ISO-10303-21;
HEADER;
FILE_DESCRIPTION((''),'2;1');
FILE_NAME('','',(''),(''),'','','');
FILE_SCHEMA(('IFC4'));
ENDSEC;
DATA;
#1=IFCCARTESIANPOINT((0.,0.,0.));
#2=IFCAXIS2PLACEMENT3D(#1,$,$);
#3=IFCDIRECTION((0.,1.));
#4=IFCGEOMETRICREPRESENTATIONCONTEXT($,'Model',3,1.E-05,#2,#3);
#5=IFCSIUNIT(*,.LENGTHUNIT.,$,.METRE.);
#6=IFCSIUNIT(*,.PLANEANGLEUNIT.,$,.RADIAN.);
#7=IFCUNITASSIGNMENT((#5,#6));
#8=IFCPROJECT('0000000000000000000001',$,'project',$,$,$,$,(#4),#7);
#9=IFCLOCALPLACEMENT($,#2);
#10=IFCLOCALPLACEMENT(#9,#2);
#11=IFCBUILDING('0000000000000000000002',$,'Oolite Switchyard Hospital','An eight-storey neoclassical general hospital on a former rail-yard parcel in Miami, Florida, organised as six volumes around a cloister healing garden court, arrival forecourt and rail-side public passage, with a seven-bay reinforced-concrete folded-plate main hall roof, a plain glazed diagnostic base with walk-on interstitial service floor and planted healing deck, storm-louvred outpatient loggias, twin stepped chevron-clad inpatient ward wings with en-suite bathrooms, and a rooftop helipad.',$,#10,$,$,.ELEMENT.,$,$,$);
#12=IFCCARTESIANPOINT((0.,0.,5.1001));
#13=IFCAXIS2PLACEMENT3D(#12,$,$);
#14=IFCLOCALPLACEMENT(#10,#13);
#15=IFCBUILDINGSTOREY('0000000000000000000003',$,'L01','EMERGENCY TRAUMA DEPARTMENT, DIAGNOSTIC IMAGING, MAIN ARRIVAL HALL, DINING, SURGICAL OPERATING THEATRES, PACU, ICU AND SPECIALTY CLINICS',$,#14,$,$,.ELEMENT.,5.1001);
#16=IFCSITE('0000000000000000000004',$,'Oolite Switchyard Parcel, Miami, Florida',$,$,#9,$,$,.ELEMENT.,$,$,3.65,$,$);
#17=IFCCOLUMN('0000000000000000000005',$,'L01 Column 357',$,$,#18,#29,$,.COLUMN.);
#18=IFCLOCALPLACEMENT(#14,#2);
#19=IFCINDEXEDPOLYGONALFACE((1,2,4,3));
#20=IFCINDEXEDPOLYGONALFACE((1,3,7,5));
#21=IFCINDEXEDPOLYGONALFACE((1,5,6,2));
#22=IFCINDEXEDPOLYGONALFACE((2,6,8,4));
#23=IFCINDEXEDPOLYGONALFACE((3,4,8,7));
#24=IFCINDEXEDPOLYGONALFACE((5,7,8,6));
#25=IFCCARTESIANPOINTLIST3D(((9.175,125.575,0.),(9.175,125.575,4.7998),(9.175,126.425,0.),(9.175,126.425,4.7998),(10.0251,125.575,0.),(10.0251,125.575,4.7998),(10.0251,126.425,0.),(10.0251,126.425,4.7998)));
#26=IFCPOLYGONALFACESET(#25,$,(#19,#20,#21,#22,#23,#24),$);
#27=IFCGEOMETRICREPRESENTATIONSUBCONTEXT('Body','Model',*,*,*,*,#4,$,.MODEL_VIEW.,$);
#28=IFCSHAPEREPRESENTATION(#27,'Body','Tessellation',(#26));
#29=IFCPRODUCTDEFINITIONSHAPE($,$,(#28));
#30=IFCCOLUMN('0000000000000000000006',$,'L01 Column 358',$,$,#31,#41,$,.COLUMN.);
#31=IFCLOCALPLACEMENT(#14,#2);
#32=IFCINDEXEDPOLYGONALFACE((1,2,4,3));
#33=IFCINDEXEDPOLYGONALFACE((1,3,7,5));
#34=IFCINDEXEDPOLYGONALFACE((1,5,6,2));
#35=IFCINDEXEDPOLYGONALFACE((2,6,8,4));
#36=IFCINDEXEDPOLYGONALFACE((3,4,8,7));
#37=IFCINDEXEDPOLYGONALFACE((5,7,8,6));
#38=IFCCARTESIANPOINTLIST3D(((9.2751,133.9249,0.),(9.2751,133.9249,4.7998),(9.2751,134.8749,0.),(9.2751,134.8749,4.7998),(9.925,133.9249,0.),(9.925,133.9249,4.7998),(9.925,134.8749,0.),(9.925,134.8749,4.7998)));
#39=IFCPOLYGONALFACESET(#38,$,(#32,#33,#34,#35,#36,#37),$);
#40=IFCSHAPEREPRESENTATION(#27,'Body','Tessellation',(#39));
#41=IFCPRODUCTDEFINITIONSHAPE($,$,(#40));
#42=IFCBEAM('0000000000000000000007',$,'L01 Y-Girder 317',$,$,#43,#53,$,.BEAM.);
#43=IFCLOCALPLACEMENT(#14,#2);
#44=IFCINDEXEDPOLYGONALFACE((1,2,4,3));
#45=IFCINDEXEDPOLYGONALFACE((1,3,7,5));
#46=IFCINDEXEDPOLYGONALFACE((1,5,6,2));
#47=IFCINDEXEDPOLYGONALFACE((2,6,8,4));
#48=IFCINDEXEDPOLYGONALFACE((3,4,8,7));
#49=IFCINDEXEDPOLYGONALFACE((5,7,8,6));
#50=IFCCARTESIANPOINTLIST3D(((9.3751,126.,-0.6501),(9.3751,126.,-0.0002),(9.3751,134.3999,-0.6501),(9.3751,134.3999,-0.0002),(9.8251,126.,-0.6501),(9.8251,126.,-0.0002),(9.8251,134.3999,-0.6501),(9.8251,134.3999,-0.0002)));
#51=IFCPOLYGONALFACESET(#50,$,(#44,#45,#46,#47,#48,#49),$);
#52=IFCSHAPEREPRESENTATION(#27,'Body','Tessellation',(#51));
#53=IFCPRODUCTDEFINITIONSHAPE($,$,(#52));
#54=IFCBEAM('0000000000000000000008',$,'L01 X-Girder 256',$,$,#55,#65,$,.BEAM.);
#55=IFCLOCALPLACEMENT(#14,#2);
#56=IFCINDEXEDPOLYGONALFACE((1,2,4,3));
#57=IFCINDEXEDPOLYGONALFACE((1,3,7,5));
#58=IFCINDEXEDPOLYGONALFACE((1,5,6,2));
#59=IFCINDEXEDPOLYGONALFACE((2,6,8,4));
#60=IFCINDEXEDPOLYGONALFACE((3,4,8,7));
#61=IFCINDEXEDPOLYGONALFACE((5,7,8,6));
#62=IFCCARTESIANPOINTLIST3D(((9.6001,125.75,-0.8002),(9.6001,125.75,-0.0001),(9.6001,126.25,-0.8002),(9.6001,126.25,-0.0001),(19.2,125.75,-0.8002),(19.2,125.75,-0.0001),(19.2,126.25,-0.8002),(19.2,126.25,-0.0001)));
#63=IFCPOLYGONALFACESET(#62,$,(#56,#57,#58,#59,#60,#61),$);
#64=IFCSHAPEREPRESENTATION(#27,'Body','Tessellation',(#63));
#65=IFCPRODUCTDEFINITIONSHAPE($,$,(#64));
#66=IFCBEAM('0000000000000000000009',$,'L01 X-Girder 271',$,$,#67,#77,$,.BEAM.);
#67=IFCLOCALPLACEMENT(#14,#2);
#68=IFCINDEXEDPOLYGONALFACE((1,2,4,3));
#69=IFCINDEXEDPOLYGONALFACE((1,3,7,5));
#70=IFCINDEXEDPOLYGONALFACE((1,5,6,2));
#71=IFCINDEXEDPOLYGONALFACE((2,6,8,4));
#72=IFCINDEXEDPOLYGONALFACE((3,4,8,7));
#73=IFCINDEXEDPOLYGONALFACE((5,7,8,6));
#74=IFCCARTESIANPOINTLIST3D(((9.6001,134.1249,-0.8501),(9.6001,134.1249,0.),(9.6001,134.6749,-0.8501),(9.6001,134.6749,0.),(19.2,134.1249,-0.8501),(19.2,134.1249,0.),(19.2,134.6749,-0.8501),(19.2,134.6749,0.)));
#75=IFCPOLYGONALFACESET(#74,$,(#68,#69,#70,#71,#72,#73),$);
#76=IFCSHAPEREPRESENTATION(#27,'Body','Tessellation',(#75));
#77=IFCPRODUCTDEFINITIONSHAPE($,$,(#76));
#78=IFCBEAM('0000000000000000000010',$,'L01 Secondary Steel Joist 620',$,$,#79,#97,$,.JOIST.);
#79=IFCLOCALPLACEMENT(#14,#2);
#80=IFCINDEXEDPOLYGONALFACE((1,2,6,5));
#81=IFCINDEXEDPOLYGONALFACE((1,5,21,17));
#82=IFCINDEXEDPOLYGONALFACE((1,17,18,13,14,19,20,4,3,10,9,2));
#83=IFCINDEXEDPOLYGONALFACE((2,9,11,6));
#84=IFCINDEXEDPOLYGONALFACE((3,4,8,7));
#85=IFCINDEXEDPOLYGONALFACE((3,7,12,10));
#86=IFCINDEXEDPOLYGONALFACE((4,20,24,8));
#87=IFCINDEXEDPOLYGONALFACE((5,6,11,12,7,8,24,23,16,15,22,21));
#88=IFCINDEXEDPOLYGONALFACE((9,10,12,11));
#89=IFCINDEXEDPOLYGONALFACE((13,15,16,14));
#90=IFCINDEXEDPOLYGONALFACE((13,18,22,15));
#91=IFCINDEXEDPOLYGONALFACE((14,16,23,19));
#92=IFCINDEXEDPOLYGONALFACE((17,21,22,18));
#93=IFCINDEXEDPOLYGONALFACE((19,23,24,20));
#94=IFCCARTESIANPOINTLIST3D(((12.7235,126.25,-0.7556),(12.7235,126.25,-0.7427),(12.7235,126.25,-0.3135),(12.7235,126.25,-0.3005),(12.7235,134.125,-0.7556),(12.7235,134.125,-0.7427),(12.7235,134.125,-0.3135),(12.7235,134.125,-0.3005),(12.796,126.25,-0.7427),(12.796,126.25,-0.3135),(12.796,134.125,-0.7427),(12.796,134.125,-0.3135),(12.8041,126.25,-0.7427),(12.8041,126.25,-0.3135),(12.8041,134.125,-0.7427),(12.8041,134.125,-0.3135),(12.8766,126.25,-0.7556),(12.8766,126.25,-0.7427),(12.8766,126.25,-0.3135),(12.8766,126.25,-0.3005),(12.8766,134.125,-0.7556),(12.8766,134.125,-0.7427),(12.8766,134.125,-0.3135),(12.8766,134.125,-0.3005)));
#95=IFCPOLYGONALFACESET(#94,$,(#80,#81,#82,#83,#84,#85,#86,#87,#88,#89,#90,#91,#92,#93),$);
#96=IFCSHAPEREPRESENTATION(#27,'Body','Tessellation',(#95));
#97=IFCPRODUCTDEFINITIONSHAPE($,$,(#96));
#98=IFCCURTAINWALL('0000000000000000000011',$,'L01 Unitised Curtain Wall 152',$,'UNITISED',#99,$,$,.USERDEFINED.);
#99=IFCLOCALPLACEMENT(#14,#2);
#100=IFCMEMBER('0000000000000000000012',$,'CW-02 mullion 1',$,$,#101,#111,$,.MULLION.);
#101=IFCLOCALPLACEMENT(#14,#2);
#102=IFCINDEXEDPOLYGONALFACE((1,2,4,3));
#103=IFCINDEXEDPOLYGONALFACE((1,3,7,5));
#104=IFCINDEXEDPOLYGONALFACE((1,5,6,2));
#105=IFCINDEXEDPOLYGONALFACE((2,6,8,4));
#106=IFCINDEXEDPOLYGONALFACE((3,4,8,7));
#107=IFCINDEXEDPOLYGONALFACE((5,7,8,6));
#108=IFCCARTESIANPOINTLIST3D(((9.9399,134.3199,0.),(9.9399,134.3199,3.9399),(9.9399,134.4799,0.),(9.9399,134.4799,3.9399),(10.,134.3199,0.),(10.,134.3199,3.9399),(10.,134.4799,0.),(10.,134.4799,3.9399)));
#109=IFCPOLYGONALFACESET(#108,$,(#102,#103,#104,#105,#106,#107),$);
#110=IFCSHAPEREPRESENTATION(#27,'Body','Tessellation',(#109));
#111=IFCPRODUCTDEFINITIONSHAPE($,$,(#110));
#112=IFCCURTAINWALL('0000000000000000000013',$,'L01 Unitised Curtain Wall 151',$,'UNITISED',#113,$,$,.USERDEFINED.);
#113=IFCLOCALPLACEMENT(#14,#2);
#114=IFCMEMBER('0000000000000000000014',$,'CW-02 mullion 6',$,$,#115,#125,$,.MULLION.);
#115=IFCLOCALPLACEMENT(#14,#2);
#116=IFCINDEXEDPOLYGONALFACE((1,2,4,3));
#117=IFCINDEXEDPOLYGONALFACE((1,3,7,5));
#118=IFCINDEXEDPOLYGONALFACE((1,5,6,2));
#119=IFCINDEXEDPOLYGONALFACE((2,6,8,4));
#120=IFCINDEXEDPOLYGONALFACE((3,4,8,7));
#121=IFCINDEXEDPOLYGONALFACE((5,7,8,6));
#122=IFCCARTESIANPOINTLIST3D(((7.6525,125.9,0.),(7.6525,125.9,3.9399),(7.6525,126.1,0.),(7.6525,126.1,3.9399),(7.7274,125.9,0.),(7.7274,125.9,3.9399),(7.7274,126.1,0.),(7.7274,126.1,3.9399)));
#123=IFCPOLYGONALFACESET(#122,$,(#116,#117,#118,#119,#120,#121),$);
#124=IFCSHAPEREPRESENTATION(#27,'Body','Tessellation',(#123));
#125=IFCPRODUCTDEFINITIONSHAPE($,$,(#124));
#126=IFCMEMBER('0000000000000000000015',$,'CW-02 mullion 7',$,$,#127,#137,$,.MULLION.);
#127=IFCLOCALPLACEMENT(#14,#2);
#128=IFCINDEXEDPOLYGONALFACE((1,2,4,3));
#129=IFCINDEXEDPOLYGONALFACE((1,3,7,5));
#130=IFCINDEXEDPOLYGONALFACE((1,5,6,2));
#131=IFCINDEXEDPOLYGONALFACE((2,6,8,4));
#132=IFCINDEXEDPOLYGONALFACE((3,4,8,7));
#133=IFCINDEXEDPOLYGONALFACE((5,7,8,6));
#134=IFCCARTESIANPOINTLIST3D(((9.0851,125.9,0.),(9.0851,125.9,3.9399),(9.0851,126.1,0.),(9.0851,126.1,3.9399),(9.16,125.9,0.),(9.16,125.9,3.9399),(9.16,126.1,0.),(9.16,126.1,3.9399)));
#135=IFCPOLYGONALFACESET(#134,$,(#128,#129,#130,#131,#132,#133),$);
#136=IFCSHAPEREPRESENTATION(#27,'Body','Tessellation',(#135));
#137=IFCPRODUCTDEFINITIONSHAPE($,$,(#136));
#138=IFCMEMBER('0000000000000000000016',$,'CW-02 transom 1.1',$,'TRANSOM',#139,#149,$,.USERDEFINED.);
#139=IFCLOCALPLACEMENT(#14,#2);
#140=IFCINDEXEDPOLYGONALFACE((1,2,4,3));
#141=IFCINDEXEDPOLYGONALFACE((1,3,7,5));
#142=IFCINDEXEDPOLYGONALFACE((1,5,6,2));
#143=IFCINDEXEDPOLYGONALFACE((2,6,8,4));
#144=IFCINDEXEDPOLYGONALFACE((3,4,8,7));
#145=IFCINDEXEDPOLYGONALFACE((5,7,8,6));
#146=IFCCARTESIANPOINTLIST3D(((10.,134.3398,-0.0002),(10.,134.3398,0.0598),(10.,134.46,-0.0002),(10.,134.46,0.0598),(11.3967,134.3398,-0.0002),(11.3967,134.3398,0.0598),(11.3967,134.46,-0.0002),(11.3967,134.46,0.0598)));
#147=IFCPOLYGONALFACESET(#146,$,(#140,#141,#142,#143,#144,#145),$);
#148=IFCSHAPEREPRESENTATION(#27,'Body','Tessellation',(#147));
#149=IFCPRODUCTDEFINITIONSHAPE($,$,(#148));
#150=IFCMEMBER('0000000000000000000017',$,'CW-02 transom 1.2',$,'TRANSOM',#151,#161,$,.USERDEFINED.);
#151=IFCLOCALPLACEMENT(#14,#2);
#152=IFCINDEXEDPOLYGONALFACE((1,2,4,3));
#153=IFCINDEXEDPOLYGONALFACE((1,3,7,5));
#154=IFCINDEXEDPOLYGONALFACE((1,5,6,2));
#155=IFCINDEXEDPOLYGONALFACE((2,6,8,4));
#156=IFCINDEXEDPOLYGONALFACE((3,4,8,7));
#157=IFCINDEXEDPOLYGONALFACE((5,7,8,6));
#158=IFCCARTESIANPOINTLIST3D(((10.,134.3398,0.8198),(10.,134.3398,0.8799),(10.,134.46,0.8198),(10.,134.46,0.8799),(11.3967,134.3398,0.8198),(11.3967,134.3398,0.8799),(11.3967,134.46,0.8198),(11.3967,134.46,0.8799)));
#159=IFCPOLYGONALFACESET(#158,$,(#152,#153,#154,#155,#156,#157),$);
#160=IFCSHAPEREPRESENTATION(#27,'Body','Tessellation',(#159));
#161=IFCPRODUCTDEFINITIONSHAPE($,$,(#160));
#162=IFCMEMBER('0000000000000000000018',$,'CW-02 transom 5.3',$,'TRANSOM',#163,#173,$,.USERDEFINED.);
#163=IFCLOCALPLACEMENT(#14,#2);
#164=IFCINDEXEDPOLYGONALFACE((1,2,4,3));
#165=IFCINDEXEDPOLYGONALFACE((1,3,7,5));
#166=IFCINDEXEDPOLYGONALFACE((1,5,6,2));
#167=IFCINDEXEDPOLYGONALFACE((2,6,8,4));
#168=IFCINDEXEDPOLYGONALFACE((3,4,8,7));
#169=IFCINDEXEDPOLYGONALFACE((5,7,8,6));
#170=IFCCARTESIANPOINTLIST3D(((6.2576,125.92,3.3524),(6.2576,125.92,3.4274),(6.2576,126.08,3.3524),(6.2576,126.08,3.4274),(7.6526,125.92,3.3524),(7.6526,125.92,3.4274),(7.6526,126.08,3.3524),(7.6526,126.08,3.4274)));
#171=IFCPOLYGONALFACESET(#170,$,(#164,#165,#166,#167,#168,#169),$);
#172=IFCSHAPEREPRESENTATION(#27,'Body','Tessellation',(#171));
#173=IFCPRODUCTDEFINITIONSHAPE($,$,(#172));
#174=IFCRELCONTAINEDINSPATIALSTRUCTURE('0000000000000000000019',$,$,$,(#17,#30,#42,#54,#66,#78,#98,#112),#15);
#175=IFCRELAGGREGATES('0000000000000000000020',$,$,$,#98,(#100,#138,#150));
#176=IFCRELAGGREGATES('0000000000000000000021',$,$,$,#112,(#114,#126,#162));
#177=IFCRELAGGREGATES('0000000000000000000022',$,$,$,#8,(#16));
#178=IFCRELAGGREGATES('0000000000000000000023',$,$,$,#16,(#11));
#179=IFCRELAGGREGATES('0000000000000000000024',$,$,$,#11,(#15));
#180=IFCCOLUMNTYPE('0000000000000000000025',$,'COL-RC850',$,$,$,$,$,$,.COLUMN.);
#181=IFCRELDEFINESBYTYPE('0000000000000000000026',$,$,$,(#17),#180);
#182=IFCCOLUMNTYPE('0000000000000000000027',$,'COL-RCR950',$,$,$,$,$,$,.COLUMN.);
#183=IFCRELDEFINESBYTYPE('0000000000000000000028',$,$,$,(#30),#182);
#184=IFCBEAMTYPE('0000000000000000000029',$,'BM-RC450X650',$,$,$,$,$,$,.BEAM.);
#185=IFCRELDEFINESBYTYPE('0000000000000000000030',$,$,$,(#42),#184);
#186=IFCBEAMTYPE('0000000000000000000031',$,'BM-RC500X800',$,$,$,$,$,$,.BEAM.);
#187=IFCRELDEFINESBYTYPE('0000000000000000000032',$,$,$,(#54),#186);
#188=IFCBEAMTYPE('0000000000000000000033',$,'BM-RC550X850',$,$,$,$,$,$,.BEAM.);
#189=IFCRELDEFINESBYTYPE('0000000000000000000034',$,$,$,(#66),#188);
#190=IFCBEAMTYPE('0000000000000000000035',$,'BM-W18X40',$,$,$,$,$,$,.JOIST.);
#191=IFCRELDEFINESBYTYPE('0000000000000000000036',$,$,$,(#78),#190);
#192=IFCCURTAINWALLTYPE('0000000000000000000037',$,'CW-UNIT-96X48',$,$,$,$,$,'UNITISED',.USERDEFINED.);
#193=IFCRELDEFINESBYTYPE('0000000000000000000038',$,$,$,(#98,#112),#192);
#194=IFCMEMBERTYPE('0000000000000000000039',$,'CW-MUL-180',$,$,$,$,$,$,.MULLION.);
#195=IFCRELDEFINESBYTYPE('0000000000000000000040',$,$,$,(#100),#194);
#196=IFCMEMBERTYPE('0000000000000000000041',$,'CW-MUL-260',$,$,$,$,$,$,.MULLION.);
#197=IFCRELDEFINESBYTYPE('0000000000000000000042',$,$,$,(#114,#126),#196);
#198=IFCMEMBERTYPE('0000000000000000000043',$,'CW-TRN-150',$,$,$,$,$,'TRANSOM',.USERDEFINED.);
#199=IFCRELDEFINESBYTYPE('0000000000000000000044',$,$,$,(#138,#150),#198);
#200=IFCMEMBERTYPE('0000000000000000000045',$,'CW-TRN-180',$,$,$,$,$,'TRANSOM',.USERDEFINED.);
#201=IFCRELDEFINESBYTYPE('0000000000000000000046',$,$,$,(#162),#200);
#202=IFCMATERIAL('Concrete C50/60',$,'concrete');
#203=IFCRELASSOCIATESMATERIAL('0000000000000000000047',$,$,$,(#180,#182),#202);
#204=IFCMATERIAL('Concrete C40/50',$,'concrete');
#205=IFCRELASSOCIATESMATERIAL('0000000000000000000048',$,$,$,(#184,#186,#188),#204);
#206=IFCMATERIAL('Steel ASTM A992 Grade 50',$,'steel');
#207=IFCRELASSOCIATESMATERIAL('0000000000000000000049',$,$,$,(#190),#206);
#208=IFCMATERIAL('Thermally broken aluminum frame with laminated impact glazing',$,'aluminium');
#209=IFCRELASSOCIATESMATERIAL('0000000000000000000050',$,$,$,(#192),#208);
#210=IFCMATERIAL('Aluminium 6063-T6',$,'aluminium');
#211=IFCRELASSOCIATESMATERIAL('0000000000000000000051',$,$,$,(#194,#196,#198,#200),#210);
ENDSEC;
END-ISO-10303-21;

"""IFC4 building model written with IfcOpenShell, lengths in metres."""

from ifc_helpers import new_model, si_unit, direction, frame, origin, origin_2d, place, context, subcontext, project, spatial, rectangle, i_section, extrude, material, material_profile, profile_set, type_object, element, aggregate, save


model = new_model("IFC4")

# Units and contexts
model_context = context("Model", 3, precision=1e-05, world=origin(), true_north=direction((0.0, 1.0)))
body_context = subcontext(model_context, "Body", "Model", "MODEL_VIEW")
ifc_project = project(units=[si_unit("LENGTHUNIT", "METRE"), si_unit("PLANEANGLEUNIT", "RADIAN")], contexts=[model_context])

# Site, building, storey
site_placement = place(None, origin())
site = spatial("IfcSite", under=ifc_project, at=site_placement, Name="Oolite Switchyard Parcel, Miami, Florida", CompositionType="ELEMENT", RefElevation=3.65)
building_placement = place(site_placement, origin())
building = spatial("IfcBuilding", under=site, at=building_placement, Name="Oolite Switchyard Hospital", Description="An eight-storey neoclassical general hospital on a former rail-yard parcel in Miami, Florida, organised as six volumes around a cloister healing garden court, arrival forecourt and rail-side public passage, with a seven-bay reinforced-concrete folded-plate main hall roof, a plain glazed diagnostic base with walk-on interstitial service floor and planted healing deck, storm-louvred outpatient loggias, twin stepped chevron-clad inpatient ward wings with en-suite bathrooms, and a rooftop helipad.", CompositionType="ELEMENT")
storey_placement = place(building_placement, frame((0.0, 0.0, 5.1001)))
storey = spatial("IfcBuildingStorey", under=building, at=storey_placement, Name="L01", Description="EMERGENCY TRAUMA DEPARTMENT, DIAGNOSTIC IMAGING, MAIN ARRIVAL HALL, DINING, SURGICAL OPERATING THEATRES, PACU, ICU AND SPECIALTY CLINICS", CompositionType="ELEMENT", Elevation=5.1001)

# Columns
ifc_material_1 = material(Name="Concrete C50/60", Category="concrete")
ifc_material_profile_1 = material_profile(ifc_material_1, rectangle(XDim=0.8501, YDim=0.8501, at=origin_2d()), Name="RC850X850")
ifc_profile_set_1 = profile_set([ifc_material_profile_1], Name="Concrete C50/60")
column_type_1 = type_object("IfcColumnType", Name="COL-RC850", PredefinedType="COLUMN", material=ifc_profile_set_1)
column_1_placement = place(storey_placement, frame((9.6001, 126.0, 0.0), z_axis=(0.0, 0.0, 1.0), x_axis=(1.0, 0.0, 0.0)))
element("IfcColumn", 1, at=column_1_placement, inside=storey, type_object=column_type_1, Name="L01 Column 357", PredefinedType="COLUMN", context=body_context, shape_type="SweptSolid", body=[
    extrude(rectangle(XDim=0.8501, YDim=0.8501, at=origin_2d()), origin(), (0.0, 0.0, 1.0), 4.7998),
])
ifc_material_profile_2 = material_profile(ifc_material_1, rectangle(XDim=0.95, YDim=0.6499, at=origin_2d()), Name="RC950X650")
ifc_profile_set_2 = profile_set([ifc_material_profile_2], Name="Concrete C50/60")
column_type_2 = type_object("IfcColumnType", Name="COL-RCR950", PredefinedType="COLUMN", material=ifc_profile_set_2)
column_2_placement = place(storey_placement, frame((9.6001, 134.3999, 0.0), z_axis=(0.0, 0.0, 1.0), x_axis=(0.0, 1.0, 0.0)))
element("IfcColumn", 2, at=column_2_placement, inside=storey, type_object=column_type_2, Name="L01 Column 358", PredefinedType="COLUMN", context=body_context, shape_type="SweptSolid", body=[
    extrude(rectangle(XDim=0.95, YDim=0.6499, at=origin_2d()), origin(), (0.0, 0.0, 1.0), 4.7998),
])

# Beams
ifc_material_2 = material(Name="Concrete C40/50", Category="concrete")
ifc_material_profile_3 = material_profile(ifc_material_2, rectangle(XDim=0.45, YDim=0.6499, at=origin_2d()), Name="RCB450X650")
ifc_profile_set_3 = profile_set([ifc_material_profile_3], Name="Concrete C40/50")
beam_type_1 = type_object("IfcBeamType", Name="BM-RC450X650", PredefinedType="BEAM", material=ifc_profile_set_3)
beam_1_placement = place(storey_placement, frame((9.6001, 126.0, -0.3252), z_axis=(0.0, 1.0, 0.0), x_axis=(-1.0, 0.0, 0.0)))
element("IfcBeam", 3, at=beam_1_placement, inside=storey, type_object=beam_type_1, Name="L01 Y-Girder 317", PredefinedType="BEAM", context=body_context, shape_type="SweptSolid", body=[
    extrude(rectangle(XDim=0.45, YDim=0.6499, at=origin_2d()), origin(), (0.0, 0.0, 1.0), 8.3999),
])
ifc_material_profile_4 = material_profile(ifc_material_2, rectangle(XDim=0.5, YDim=0.8, at=origin_2d()), Name="RCB500X800")
ifc_profile_set_4 = profile_set([ifc_material_profile_4], Name="Concrete C40/50")
beam_type_2 = type_object("IfcBeamType", Name="BM-RC500X800", PredefinedType="BEAM", material=ifc_profile_set_4)
beam_2_placement = place(storey_placement, frame((9.6001, 126.0, -0.4001), z_axis=(1.0, 0.0, 0.0), x_axis=(0.0, 1.0, 0.0)))
element("IfcBeam", 4, at=beam_2_placement, inside=storey, type_object=beam_type_2, Name="L01 X-Girder 256", PredefinedType="BEAM", context=body_context, shape_type="SweptSolid", body=[
    extrude(rectangle(XDim=0.5, YDim=0.8, at=origin_2d()), origin(), (0.0, 0.0, 1.0), 9.5999),
])
ifc_material_profile_5 = material_profile(ifc_material_2, rectangle(XDim=0.55, YDim=0.8501, at=origin_2d()), Name="RCB550X850")
ifc_profile_set_5 = profile_set([ifc_material_profile_5], Name="Concrete C40/50")
beam_type_3 = type_object("IfcBeamType", Name="BM-RC550X850", PredefinedType="BEAM", material=ifc_profile_set_5)
beam_3_placement = place(storey_placement, frame((9.6001, 134.3999, -0.425), z_axis=(1.0, 0.0, 0.0), x_axis=(0.0, 1.0, 0.0)))
element("IfcBeam", 5, at=beam_3_placement, inside=storey, type_object=beam_type_3, Name="L01 X-Girder 271", PredefinedType="BEAM", context=body_context, shape_type="SweptSolid", body=[
    extrude(rectangle(XDim=0.55, YDim=0.8501, at=origin_2d()), origin(), (0.0, 0.0, 1.0), 9.5999),
])
ifc_material_3 = material(Name="Steel ASTM A992 Grade 50", Category="steel")
ifc_material_profile_6 = material_profile(ifc_material_3, i_section(OverallWidth=0.1531, OverallDepth=0.4551, WebThickness=0.0081, FlangeThickness=0.0129, at=origin_2d()), Name="W18X40")
ifc_profile_set_6 = profile_set([ifc_material_profile_6], Name="Steel ASTM A992 Grade 50")
beam_type_4 = type_object("IfcBeamType", Name="BM-W18X40", PredefinedType="JOIST", material=ifc_profile_set_6)
beam_4_placement = place(storey_placement, frame((12.8, 126.25, -0.5281), z_axis=(0.0, 1.0, 0.0), x_axis=(-1.0, 0.0, 0.0)))
element("IfcBeam", 6, at=beam_4_placement, inside=storey, type_object=beam_type_4, Name="L01 Secondary Steel Joist 620", PredefinedType="JOIST", context=body_context, shape_type="SweptSolid", body=[
    extrude(i_section(OverallWidth=0.1531, OverallDepth=0.4551, WebThickness=0.0081, FlangeThickness=0.0129, at=origin_2d()), origin(), (0.0, 0.0, 1.0), 7.875),
])

# Curtain wall, member
ifc_material_4 = material(Name="Thermally broken aluminum frame with laminated impact glazing", Category="aluminium")
curtain_wall_type = type_object("IfcCurtainWallType", Name="CW-UNIT-96X48", ElementType="UNITISED", PredefinedType="USERDEFINED", material=ifc_material_4)
curtain_wall_1_placement = place(storey_placement, origin())
curtain_wall_1 = element("IfcCurtainWall", 7, at=curtain_wall_1_placement, inside=storey, type_object=curtain_wall_type, Name="L01 Unitised Curtain Wall 152", ObjectType="UNITISED", PredefinedType="USERDEFINED")
ifc_material_5 = material(Name="Aluminium 6063-T6", Category="aluminium")
ifc_material_profile_7 = material_profile(ifc_material_5, rectangle(XDim=0.1599, YDim=0.0601, at=origin_2d()), Name="CWM60X160")
ifc_profile_set_7 = profile_set([ifc_material_profile_7], Name="Aluminium 6063-T6")
member_type_1 = type_object("IfcMemberType", Name="CW-MUL-180", PredefinedType="MULLION", material=ifc_profile_set_7)
member_1_placement = place(storey_placement, frame((9.97, 134.3999, 0.0), z_axis=(0.0, 0.0, 1.0), x_axis=(0.0, 1.0, 0.0)))
member_1 = element("IfcMember", 8, at=member_1_placement, type_object=member_type_1, Name="CW-02 mullion 1", PredefinedType="MULLION", context=body_context, shape_type="SweptSolid", body=[
    extrude(rectangle(XDim=0.1599, YDim=0.0601, at=origin_2d()), origin(), (0.0, 0.0, 1.0), 3.9399),
])

# Curtain wall, members
curtain_wall_2_placement = place(storey_placement, origin())
curtain_wall_2 = element("IfcCurtainWall", 9, at=curtain_wall_2_placement, inside=storey, type_object=curtain_wall_type, Name="L01 Unitised Curtain Wall 151", ObjectType="UNITISED", PredefinedType="USERDEFINED")
ifc_material_profile_8 = material_profile(ifc_material_5, rectangle(XDim=0.2, YDim=0.075, at=origin_2d()), Name="CWM75X200")
ifc_profile_set_8 = profile_set([ifc_material_profile_8], Name="Aluminium 6063-T6")
member_type_2 = type_object("IfcMemberType", Name="CW-MUL-260", PredefinedType="MULLION", material=ifc_profile_set_8)
member_2_placement = place(storey_placement, frame((7.6899, 126.0, 0.0), z_axis=(0.0, 0.0, 1.0), x_axis=(0.0, 1.0, 0.0)))
member_2 = element("IfcMember", 10, at=member_2_placement, type_object=member_type_2, Name="CW-02 mullion 6", PredefinedType="MULLION", context=body_context, shape_type="SweptSolid", body=[
    extrude(rectangle(XDim=0.2, YDim=0.075, at=origin_2d()), origin(), (0.0, 0.0, 1.0), 3.9399),
])
member_3_placement = place(storey_placement, frame((9.1226, 126.0, 0.0), z_axis=(0.0, 0.0, 1.0), x_axis=(0.0, 1.0, 0.0)))
member_3 = element("IfcMember", 11, at=member_3_placement, type_object=member_type_2, Name="CW-02 mullion 7", PredefinedType="MULLION", context=body_context, shape_type="SweptSolid", body=[
    extrude(rectangle(XDim=0.2, YDim=0.075, at=origin_2d()), origin(), (0.0, 0.0, 1.0), 3.9399),
])

# Members
ifc_material_profile_9 = material_profile(ifc_material_5, rectangle(XDim=0.1201, YDim=0.0601, at=origin_2d()), Name="CWT60X120")
ifc_profile_set_9 = profile_set([ifc_material_profile_9], Name="Aluminium 6063-T6")
member_type_3 = type_object("IfcMemberType", Name="CW-TRN-150", ElementType="TRANSOM", PredefinedType="USERDEFINED", material=ifc_profile_set_9)
member_4_placement = place(storey_placement, frame((10.0, 134.3999, 0.0298), z_axis=(1.0, 0.0, 0.0), x_axis=(0.0, 1.0, 0.0)))
member_4 = element("IfcMember", 12, at=member_4_placement, type_object=member_type_3, Name="CW-02 transom 1.1", ObjectType="TRANSOM", PredefinedType="USERDEFINED", context=body_context, shape_type="SweptSolid", body=[
    extrude(rectangle(XDim=0.1201, YDim=0.0601, at=origin_2d()), origin(), (0.0, 0.0, 1.0), 1.3967),
])
member_5_placement = place(storey_placement, frame((10.0, 134.3999, 0.8499), z_axis=(1.0, 0.0, 0.0), x_axis=(0.0, 1.0, 0.0)))
member_5 = element("IfcMember", 13, at=member_5_placement, type_object=member_type_3, Name="CW-02 transom 1.2", ObjectType="TRANSOM", PredefinedType="USERDEFINED", context=body_context, shape_type="SweptSolid", body=[
    extrude(rectangle(XDim=0.1201, YDim=0.0601, at=origin_2d()), origin(), (0.0, 0.0, 1.0), 1.3967),
])
aggregate(curtain_wall_1, [member_1, member_4, member_5])
ifc_material_profile_10 = material_profile(ifc_material_5, rectangle(XDim=0.1599, YDim=0.075, at=origin_2d()), Name="CWT75X160")
ifc_profile_set_10 = profile_set([ifc_material_profile_10], Name="Aluminium 6063-T6")
member_type_4 = type_object("IfcMemberType", Name="CW-TRN-180", ElementType="TRANSOM", PredefinedType="USERDEFINED", material=ifc_profile_set_10)
member_6_placement = place(storey_placement, frame((6.2576, 126.0, 3.3899), z_axis=(1.0, 0.0, 0.0), x_axis=(0.0, 1.0, 0.0)))
member_6 = element("IfcMember", 14, at=member_6_placement, type_object=member_type_4, Name="CW-02 transom 5.3", ObjectType="TRANSOM", PredefinedType="USERDEFINED", context=body_context, shape_type="SweptSolid", body=[
    extrude(rectangle(XDim=0.1599, YDim=0.075, at=origin_2d()), origin(), (0.0, 0.0, 1.0), 1.395),
])

aggregate(curtain_wall_2, [member_2, member_3, member_6])

save(model, "model.ifc")
